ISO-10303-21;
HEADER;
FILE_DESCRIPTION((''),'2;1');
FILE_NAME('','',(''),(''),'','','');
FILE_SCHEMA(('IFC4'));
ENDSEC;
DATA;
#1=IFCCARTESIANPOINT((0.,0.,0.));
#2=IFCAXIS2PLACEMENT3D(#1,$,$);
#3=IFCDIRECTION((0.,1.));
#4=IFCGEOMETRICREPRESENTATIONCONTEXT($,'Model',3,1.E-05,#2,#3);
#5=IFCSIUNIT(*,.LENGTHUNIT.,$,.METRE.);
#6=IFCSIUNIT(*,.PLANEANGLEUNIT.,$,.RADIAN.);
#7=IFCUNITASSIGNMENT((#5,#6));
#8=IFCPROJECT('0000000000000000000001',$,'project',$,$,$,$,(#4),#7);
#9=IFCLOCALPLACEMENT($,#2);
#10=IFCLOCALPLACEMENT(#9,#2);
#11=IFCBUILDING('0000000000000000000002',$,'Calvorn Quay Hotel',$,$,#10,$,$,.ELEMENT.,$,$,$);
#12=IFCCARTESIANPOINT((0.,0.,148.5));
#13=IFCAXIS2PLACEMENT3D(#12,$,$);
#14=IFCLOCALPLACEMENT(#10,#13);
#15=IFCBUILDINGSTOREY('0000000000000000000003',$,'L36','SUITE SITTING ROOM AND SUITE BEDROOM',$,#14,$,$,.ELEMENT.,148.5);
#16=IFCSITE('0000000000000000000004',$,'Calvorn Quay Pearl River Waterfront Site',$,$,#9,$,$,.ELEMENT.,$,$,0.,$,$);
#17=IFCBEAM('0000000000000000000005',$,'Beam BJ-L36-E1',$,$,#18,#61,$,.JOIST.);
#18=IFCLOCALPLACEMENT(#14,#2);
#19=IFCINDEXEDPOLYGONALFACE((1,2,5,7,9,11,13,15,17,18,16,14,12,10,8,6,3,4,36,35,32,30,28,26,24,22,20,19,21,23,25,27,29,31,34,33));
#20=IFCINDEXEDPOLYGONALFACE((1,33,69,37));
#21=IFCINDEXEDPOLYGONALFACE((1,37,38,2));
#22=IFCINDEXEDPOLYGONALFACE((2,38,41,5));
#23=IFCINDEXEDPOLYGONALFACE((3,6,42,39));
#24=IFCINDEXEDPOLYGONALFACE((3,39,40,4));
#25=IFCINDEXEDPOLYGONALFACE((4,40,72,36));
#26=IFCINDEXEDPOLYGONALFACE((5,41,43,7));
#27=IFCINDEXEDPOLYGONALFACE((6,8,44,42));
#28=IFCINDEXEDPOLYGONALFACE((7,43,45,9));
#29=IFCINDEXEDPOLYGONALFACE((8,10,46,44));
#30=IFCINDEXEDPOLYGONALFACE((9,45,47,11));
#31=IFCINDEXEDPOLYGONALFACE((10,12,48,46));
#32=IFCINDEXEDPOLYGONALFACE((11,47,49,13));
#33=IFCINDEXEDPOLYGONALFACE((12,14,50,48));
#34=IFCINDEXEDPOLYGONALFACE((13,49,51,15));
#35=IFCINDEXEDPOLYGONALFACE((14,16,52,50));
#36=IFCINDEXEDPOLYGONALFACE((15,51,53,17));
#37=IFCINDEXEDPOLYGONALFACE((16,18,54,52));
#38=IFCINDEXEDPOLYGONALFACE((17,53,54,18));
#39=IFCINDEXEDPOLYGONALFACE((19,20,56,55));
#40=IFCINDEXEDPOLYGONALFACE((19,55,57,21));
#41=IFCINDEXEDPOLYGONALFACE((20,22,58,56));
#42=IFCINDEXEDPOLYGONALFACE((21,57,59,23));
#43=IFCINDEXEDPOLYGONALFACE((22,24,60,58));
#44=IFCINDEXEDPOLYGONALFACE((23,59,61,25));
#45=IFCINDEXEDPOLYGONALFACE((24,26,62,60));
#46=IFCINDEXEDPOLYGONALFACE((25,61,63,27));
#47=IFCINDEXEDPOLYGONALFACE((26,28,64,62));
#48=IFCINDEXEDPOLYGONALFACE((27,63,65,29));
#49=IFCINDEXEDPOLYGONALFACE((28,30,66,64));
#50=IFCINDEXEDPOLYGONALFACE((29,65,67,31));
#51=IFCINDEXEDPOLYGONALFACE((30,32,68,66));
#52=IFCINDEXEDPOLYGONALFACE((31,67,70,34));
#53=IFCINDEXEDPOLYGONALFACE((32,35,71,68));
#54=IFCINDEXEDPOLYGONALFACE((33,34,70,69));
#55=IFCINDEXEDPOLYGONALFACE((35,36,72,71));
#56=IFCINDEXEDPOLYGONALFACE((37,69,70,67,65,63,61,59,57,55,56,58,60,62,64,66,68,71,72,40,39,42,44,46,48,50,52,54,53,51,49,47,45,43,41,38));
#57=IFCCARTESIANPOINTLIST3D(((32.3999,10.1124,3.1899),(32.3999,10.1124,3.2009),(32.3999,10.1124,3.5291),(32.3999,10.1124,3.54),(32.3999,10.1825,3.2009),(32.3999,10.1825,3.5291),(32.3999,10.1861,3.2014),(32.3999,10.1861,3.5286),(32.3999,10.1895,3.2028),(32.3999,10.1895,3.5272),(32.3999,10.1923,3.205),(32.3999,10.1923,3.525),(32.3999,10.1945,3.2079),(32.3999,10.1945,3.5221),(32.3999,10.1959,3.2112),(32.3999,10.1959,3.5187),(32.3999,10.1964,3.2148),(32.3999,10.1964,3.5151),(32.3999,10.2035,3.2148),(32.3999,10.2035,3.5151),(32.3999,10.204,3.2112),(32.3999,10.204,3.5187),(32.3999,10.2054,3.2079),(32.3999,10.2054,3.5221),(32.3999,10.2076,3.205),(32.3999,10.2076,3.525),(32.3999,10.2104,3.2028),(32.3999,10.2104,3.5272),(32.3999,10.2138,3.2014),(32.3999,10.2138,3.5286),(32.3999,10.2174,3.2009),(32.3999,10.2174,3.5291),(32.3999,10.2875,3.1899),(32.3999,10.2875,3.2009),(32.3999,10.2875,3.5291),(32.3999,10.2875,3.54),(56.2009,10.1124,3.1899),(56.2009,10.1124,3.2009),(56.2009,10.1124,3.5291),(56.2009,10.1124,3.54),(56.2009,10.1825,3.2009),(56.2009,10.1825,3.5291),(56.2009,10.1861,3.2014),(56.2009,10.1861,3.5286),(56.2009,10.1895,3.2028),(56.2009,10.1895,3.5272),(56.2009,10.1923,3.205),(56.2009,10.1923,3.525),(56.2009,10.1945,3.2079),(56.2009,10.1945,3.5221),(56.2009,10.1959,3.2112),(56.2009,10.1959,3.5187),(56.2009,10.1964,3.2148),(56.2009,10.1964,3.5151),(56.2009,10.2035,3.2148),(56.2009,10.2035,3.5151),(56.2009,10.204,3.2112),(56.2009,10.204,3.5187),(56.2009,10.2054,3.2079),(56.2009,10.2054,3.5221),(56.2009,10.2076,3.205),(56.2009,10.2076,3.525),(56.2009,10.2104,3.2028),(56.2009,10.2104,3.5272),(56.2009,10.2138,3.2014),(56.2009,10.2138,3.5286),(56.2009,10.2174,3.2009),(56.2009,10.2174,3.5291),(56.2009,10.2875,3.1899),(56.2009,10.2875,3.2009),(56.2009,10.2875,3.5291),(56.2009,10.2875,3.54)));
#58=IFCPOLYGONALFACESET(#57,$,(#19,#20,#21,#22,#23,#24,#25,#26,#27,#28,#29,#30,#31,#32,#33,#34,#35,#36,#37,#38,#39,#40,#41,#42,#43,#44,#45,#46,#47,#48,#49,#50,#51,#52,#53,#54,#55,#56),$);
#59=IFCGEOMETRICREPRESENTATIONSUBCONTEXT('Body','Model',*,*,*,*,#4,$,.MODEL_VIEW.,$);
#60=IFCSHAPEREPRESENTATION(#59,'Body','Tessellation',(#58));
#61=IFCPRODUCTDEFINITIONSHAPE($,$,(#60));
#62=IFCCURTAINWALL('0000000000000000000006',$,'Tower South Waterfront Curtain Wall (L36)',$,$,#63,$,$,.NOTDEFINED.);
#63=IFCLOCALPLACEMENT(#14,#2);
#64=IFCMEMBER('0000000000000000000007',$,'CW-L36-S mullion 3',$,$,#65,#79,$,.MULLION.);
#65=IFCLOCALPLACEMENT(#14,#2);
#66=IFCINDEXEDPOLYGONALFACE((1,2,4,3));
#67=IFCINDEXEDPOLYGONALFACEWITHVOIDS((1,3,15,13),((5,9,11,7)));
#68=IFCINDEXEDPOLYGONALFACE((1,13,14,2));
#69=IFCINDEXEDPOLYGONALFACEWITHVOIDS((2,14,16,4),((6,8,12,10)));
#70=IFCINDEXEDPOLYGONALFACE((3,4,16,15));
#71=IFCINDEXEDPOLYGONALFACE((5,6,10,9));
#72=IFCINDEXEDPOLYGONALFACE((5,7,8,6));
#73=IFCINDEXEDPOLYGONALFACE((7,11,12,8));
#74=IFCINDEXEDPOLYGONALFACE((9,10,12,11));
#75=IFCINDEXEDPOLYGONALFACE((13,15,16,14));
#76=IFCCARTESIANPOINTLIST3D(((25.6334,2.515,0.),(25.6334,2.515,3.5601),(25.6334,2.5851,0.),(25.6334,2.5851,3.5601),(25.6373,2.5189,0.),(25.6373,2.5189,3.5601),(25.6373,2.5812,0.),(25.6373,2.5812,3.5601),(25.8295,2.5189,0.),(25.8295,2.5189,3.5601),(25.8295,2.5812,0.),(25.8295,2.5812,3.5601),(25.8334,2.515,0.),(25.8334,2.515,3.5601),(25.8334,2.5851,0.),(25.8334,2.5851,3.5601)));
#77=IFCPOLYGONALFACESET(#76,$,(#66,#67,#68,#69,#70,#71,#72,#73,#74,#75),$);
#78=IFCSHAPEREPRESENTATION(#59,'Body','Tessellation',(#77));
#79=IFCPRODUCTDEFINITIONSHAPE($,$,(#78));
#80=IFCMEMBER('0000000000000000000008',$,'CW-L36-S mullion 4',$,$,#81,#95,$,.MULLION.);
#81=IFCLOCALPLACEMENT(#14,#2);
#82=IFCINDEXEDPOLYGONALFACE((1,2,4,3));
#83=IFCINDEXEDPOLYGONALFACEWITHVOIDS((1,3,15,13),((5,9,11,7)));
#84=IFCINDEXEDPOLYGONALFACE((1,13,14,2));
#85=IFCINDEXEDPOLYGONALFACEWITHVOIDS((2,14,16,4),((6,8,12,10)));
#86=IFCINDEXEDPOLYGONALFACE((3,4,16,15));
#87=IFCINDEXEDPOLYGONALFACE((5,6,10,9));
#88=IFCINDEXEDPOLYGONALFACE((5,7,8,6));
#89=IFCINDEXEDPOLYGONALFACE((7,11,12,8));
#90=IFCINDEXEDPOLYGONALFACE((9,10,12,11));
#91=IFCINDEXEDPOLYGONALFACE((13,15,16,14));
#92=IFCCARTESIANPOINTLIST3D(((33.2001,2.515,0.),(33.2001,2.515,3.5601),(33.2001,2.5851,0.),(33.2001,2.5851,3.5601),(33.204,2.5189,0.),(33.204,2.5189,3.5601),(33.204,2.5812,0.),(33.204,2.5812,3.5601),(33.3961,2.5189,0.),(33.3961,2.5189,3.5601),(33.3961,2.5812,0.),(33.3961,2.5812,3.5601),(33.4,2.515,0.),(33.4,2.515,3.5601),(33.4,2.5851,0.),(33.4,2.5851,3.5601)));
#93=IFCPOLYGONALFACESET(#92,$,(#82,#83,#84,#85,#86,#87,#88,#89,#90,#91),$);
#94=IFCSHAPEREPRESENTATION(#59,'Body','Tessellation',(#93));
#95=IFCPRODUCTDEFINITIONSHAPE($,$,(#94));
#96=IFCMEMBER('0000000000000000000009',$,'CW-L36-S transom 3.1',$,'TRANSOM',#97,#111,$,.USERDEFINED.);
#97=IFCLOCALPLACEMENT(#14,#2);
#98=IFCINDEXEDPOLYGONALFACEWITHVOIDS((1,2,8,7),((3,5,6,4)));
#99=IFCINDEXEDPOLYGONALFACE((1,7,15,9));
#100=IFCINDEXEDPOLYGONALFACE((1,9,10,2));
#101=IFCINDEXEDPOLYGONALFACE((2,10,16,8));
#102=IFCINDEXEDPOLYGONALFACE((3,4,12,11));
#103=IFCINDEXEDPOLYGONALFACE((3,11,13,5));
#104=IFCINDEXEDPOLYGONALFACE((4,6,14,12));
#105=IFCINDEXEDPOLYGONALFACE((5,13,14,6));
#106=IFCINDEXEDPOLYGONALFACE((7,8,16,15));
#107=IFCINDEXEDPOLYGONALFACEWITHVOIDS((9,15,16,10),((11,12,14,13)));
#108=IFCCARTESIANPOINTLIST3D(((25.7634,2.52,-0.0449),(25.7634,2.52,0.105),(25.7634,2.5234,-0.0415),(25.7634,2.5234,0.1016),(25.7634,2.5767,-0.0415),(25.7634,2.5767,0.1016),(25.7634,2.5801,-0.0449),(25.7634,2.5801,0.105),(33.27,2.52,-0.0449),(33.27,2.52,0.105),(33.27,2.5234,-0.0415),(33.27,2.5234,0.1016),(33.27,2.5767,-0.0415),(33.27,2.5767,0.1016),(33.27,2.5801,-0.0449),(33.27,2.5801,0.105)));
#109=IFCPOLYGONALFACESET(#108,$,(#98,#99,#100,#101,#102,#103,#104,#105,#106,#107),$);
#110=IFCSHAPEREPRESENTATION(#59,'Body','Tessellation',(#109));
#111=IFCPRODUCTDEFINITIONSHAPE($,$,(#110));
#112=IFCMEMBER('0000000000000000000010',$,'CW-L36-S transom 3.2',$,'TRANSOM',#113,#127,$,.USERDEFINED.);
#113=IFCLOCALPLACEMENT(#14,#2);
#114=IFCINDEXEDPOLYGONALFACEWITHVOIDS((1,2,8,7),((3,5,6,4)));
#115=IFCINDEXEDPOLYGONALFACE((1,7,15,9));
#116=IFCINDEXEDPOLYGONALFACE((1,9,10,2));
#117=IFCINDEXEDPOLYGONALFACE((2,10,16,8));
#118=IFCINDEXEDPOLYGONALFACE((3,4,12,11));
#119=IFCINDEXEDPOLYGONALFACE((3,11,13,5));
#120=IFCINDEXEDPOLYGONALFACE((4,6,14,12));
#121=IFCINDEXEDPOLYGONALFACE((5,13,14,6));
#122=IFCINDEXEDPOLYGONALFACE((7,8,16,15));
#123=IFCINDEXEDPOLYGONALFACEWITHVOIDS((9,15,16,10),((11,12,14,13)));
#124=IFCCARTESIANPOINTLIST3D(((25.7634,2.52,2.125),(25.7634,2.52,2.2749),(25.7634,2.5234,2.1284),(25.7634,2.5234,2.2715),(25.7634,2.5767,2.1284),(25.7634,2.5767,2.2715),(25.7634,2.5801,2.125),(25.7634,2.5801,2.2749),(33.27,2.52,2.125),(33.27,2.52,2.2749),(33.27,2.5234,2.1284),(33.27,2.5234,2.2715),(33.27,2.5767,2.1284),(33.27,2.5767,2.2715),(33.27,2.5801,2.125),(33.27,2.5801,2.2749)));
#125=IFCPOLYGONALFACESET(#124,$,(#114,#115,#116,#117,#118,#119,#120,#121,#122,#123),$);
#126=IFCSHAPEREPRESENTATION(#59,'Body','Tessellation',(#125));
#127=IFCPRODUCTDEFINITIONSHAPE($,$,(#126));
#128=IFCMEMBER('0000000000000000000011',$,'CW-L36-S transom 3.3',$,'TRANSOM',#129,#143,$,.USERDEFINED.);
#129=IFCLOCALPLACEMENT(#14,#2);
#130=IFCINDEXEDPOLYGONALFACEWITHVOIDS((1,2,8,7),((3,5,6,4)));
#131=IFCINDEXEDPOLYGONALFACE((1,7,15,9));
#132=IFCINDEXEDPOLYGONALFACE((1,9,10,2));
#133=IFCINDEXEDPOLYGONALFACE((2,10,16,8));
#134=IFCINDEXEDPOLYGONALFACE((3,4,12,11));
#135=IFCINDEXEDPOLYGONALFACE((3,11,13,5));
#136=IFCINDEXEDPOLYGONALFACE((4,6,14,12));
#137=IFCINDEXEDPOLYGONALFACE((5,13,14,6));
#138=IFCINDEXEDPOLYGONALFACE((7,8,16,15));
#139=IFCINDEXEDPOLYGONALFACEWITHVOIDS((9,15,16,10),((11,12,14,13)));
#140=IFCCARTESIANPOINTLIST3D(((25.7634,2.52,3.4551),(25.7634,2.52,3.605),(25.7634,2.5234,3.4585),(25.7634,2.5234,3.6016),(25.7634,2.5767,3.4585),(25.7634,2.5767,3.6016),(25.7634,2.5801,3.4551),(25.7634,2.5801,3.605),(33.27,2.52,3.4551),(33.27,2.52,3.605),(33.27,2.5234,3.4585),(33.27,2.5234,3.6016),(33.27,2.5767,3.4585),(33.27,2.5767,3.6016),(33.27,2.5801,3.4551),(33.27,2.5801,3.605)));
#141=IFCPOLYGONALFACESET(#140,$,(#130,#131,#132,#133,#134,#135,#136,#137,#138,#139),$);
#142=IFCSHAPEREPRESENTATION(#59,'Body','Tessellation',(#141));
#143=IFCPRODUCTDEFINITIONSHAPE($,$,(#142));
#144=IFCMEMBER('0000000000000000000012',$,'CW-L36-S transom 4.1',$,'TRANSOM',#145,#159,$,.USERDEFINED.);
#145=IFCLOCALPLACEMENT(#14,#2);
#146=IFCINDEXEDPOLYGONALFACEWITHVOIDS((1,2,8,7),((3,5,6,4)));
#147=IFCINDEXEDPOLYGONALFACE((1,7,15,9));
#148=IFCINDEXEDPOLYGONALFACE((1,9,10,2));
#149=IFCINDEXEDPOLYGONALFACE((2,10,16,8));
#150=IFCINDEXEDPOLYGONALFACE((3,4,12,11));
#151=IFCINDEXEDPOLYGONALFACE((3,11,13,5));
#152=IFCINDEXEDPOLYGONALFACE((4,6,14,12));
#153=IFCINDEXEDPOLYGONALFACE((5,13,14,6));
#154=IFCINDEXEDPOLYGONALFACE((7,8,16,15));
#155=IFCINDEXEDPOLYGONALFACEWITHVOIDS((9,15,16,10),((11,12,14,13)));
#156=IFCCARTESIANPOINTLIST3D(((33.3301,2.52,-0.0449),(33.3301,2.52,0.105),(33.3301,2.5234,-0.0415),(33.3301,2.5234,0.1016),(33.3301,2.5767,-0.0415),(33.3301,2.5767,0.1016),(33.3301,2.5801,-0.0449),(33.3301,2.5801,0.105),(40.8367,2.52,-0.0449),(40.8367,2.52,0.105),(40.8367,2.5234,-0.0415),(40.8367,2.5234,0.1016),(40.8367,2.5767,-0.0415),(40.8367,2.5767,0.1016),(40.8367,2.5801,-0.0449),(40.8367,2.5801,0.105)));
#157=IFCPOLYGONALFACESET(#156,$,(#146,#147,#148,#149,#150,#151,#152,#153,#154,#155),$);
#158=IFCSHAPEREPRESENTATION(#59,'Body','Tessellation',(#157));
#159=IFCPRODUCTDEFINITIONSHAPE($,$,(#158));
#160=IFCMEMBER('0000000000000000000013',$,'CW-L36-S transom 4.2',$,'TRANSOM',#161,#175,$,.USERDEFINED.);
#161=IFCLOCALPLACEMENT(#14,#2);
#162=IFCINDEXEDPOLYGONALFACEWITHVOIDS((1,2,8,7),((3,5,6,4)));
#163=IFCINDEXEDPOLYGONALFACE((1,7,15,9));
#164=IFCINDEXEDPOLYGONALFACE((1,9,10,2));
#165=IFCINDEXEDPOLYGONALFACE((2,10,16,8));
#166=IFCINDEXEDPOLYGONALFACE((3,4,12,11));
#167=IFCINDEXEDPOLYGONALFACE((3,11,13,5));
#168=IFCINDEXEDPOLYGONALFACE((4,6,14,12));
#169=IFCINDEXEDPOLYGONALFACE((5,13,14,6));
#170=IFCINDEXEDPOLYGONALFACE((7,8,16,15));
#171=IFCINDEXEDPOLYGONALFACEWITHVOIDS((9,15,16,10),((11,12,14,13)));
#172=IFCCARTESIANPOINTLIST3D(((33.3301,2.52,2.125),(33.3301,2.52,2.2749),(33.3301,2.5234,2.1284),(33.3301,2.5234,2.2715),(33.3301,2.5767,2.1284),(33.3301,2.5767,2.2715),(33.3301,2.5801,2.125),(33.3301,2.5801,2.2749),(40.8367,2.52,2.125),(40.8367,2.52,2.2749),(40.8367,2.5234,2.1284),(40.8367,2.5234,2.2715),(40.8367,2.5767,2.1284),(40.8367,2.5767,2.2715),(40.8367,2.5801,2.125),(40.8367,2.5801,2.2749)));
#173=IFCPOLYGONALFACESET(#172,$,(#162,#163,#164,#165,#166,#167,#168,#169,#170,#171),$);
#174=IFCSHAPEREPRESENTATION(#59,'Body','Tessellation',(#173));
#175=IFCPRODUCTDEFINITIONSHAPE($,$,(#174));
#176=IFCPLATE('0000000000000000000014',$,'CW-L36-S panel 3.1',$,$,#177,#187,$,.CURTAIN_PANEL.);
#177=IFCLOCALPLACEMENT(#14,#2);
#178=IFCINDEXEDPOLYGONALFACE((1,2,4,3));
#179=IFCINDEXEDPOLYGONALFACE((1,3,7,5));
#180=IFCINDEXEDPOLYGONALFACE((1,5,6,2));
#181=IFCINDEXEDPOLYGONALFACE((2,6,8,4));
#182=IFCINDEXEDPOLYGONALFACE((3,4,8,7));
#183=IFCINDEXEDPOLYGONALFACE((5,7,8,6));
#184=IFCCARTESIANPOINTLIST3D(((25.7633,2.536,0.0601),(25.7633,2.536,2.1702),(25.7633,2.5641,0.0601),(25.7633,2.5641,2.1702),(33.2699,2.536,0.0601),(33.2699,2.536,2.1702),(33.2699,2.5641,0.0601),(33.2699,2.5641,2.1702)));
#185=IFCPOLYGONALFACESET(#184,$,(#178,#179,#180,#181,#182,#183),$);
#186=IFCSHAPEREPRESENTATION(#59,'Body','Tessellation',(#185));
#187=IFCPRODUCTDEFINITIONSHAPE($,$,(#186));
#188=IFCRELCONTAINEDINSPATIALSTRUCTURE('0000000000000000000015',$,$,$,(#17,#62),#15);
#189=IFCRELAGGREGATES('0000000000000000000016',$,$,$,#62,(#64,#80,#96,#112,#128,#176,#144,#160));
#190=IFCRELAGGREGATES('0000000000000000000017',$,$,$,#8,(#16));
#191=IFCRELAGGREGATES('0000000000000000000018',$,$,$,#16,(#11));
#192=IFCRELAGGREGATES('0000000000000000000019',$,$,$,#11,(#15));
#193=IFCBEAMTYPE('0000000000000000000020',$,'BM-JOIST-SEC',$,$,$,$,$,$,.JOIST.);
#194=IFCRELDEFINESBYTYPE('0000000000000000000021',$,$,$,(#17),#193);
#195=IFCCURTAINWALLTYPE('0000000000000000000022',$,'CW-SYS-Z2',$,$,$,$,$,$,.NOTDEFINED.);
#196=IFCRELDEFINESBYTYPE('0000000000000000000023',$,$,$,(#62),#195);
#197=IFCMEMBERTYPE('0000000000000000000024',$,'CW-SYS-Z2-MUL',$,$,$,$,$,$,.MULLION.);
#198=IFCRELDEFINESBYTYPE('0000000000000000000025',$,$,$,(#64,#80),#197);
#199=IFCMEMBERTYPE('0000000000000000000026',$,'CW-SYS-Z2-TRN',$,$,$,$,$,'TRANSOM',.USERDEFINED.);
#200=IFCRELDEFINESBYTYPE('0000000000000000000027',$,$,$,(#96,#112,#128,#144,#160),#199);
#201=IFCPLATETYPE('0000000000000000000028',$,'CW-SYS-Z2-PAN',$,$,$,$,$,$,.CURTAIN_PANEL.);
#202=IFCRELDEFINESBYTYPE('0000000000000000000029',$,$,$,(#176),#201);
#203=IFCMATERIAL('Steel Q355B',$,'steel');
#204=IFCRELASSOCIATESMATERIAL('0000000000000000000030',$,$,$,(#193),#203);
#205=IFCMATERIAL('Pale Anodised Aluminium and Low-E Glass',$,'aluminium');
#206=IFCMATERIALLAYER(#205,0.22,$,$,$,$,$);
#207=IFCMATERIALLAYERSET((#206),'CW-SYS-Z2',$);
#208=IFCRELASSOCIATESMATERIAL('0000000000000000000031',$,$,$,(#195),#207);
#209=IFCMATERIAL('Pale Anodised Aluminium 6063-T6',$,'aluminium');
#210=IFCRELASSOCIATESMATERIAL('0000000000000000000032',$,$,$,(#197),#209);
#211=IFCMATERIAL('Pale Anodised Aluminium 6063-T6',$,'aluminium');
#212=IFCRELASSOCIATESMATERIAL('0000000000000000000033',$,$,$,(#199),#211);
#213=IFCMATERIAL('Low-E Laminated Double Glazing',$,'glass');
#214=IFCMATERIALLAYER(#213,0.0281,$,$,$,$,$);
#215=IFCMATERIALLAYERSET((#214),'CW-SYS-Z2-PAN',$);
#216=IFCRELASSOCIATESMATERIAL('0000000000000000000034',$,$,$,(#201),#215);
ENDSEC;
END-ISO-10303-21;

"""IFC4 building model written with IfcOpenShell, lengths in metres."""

from ifc_helpers import new_model, si_unit, direction, frame, origin, origin_2d, place, context, subcontext, project, spatial, rectangle, hollow_rectangle, i_section, extrude, material, layer, layer_set, material_profile, profile_set, type_object, element, aggregate, save


model = new_model("IFC4")

# Units and contexts
model_context = context("Model", 3, precision=1e-05, world=origin(), true_north=direction((0.0, 1.0)))
body_context = subcontext(model_context, "Body", "Model", "MODEL_VIEW")
ifc_project = project(units=[si_unit("LENGTHUNIT", "METRE"), si_unit("PLANEANGLEUNIT", "RADIAN")], contexts=[model_context])

# Site, building, storey
site_placement = place(None, origin())
site = spatial("IfcSite", under=ifc_project, at=site_placement, Name="Calvorn Quay Pearl River Waterfront Site", CompositionType="ELEMENT", RefElevation=0.0)
building_placement = place(site_placement, origin())
building = spatial("IfcBuilding", under=site, at=building_placement, Name="Calvorn Quay Hotel", CompositionType="ELEMENT")
storey_placement = place(building_placement, frame((0.0, 0.0, 148.5)))
storey = spatial("IfcBuildingStorey", under=building, at=storey_placement, Name="L36", Description="SUITE SITTING ROOM AND SUITE BEDROOM", CompositionType="ELEMENT", Elevation=148.5)

# Beam
ifc_material_1 = material(Name="Steel Q355B", Category="steel")
ifc_material_profile_1 = material_profile(ifc_material_1, i_section(OverallWidth=0.175, OverallDepth=0.3501, WebThickness=0.0071, FlangeThickness=0.011, FilletRadius=0.0139, at=origin_2d()), Name="HN350x175x7x11")
ifc_profile_set_1 = profile_set([ifc_material_profile_1], Name="Steel Q355B")
beam_type = type_object("IfcBeamType", Name="BM-JOIST-SEC", PredefinedType="JOIST", material=ifc_profile_set_1)
beam_placement = place(storey_placement, frame((32.3999, 10.2, 3.365), z_axis=(1.0, 0.0, 0.0), x_axis=(0.0, 1.0, 0.0)))
element("IfcBeam", 1, at=beam_placement, inside=storey, type_object=beam_type, Name="Beam BJ-L36-E1", PredefinedType="JOIST", context=body_context, shape_type="SweptSolid", body=[
    extrude(i_section(OverallWidth=0.175, OverallDepth=0.3501, WebThickness=0.0071, FlangeThickness=0.011, FilletRadius=0.0139, at=origin_2d()), origin(), (0.0, 0.0, 1.0), 23.801),
])

# Curtain wall, members, plate
ifc_material_2 = material(Name="Pale Anodised Aluminium and Low-E Glass", Category="aluminium")
ifc_layer_1 = layer(ifc_material_2, 0.22)
ifc_layer_set_1 = layer_set([ifc_layer_1], Name="CW-SYS-Z2")
curtain_wall_type = type_object("IfcCurtainWallType", Name="CW-SYS-Z2", PredefinedType="NOTDEFINED", material=ifc_layer_set_1)
curtain_wall_placement = place(storey_placement, origin())
curtain_wall = element("IfcCurtainWall", 2, at=curtain_wall_placement, inside=storey, type_object=curtain_wall_type, Name="Tower South Waterfront Curtain Wall (L36)", PredefinedType="NOTDEFINED")
ifc_material_3 = material(Name="Pale Anodised Aluminium 6063-T6", Category="aluminium")
ifc_material_profile_2 = material_profile(ifc_material_3, hollow_rectangle(XDim=0.0701, YDim=0.2, WallThickness=0.0039, at=origin_2d()), Name="ALU-M200x70x4")
ifc_profile_set_2 = profile_set([ifc_material_profile_2], Name="Pale Anodised Aluminium 6063-T6")
member_type_1 = type_object("IfcMemberType", Name="CW-SYS-Z2-MUL", PredefinedType="MULLION", material=ifc_profile_set_2)
member_1_placement = place(storey_placement, frame((25.7334, 2.55, 0.0), z_axis=(0.0, 0.0, 1.0), x_axis=(0.0, 1.0, 0.0)))
member_1 = element("IfcMember", 3, at=member_1_placement, type_object=member_type_1, Name="CW-L36-S mullion 3", PredefinedType="MULLION", context=body_context, shape_type="SweptSolid", body=[
    extrude(hollow_rectangle(XDim=0.0701, YDim=0.2, WallThickness=0.0039, at=origin_2d()), origin(), (0.0, 0.0, 1.0), 3.5601),
])
member_2_placement = place(storey_placement, frame((33.3, 2.55, 0.0), z_axis=(0.0, 0.0, 1.0), x_axis=(0.0, 1.0, 0.0)))
member_2 = element("IfcMember", 4, at=member_2_placement, type_object=member_type_1, Name="CW-L36-S mullion 4", PredefinedType="MULLION", context=body_context, shape_type="SweptSolid", body=[
    extrude(hollow_rectangle(XDim=0.0701, YDim=0.2, WallThickness=0.0039, at=origin_2d()), origin(), (0.0, 0.0, 1.0), 3.5601),
])
ifc_material_4 = material(Name="Pale Anodised Aluminium 6063-T6", Category="aluminium")
ifc_material_profile_3 = material_profile(ifc_material_4, hollow_rectangle(XDim=0.0601, YDim=0.1499, WallThickness=0.0034, at=origin_2d()), Name="ALU-T150x60x3.5")
ifc_profile_set_3 = profile_set([ifc_material_profile_3], Name="Pale Anodised Aluminium 6063-T6")
member_type_2 = type_object("IfcMemberType", Name="CW-SYS-Z2-TRN", ElementType="TRANSOM", PredefinedType="USERDEFINED", material=ifc_profile_set_3)
member_3_placement = place(storey_placement, frame((25.7634, 2.55, 0.03), z_axis=(1.0, 0.0, 0.0), x_axis=(0.0, 1.0, 0.0)))
member_3 = element("IfcMember", 5, at=member_3_placement, type_object=member_type_2, Name="CW-L36-S transom 3.1", ObjectType="TRANSOM", PredefinedType="USERDEFINED", context=body_context, shape_type="SweptSolid", body=[
    extrude(hollow_rectangle(XDim=0.0601, YDim=0.1499, WallThickness=0.0034, at=origin_2d()), origin(), (0.0, 0.0, 1.0), 7.5066),
])
member_4_placement = place(storey_placement, frame((25.7634, 2.55, 2.2), z_axis=(1.0, 0.0, 0.0), x_axis=(0.0, 1.0, 0.0)))
member_4 = element("IfcMember", 6, at=member_4_placement, type_object=member_type_2, Name="CW-L36-S transom 3.2", ObjectType="TRANSOM", PredefinedType="USERDEFINED", context=body_context, shape_type="SweptSolid", body=[
    extrude(hollow_rectangle(XDim=0.0601, YDim=0.1499, WallThickness=0.0034, at=origin_2d()), origin(), (0.0, 0.0, 1.0), 7.5066),
])
member_5_placement = place(storey_placement, frame((25.7634, 2.55, 3.53), z_axis=(1.0, 0.0, 0.0), x_axis=(0.0, 1.0, 0.0)))
member_5 = element("IfcMember", 7, at=member_5_placement, type_object=member_type_2, Name="CW-L36-S transom 3.3", ObjectType="TRANSOM", PredefinedType="USERDEFINED", context=body_context, shape_type="SweptSolid", body=[
    extrude(hollow_rectangle(XDim=0.0601, YDim=0.1499, WallThickness=0.0034, at=origin_2d()), origin(), (0.0, 0.0, 1.0), 7.5066),
])
member_6_placement = place(storey_placement, frame((33.3301, 2.55, 0.03), z_axis=(1.0, 0.0, 0.0), x_axis=(0.0, 1.0, 0.0)))
member_6 = element("IfcMember", 8, at=member_6_placement, type_object=member_type_2, Name="CW-L36-S transom 4.1", ObjectType="TRANSOM", PredefinedType="USERDEFINED", context=body_context, shape_type="SweptSolid", body=[
    extrude(hollow_rectangle(XDim=0.0601, YDim=0.1499, WallThickness=0.0034, at=origin_2d()), origin(), (0.0, 0.0, 1.0), 7.5066),
])
member_7_placement = place(storey_placement, frame((33.3301, 2.55, 2.2), z_axis=(1.0, 0.0, 0.0), x_axis=(0.0, 1.0, 0.0)))
member_7 = element("IfcMember", 9, at=member_7_placement, type_object=member_type_2, Name="CW-L36-S transom 4.2", ObjectType="TRANSOM", PredefinedType="USERDEFINED", context=body_context, shape_type="SweptSolid", body=[
    extrude(hollow_rectangle(XDim=0.0601, YDim=0.1499, WallThickness=0.0034, at=origin_2d()), origin(), (0.0, 0.0, 1.0), 7.5066),
])
ifc_material_5 = material(Name="Low-E Laminated Double Glazing", Category="glass")
ifc_layer_2 = layer(ifc_material_5, 0.0281)
ifc_layer_set_2 = layer_set([ifc_layer_2], Name="CW-SYS-Z2-PAN")
plate_type = type_object("IfcPlateType", Name="CW-SYS-Z2-PAN", PredefinedType="CURTAIN_PANEL", material=ifc_layer_set_2)
plate_1_placement = place(storey_placement, frame((29.5166, 2.55, 0.0601), z_axis=(0.0, 0.0, 1.0), x_axis=(1.0, 0.0, 0.0)))
plate_1 = element("IfcPlate", 10, at=plate_1_placement, type_object=plate_type, Name="CW-L36-S panel 3.1", PredefinedType="CURTAIN_PANEL", context=body_context, shape_type="SweptSolid", body=[
    extrude(rectangle(XDim=7.5066, YDim=0.0281, at=origin_2d()), origin(), (0.0, 0.0, 1.0), 2.1101),
])
aggregate(curtain_wall, [member_1, member_2, member_3, member_4, member_5, plate_1, member_6, member_7])

save(model, "model.ifc")
